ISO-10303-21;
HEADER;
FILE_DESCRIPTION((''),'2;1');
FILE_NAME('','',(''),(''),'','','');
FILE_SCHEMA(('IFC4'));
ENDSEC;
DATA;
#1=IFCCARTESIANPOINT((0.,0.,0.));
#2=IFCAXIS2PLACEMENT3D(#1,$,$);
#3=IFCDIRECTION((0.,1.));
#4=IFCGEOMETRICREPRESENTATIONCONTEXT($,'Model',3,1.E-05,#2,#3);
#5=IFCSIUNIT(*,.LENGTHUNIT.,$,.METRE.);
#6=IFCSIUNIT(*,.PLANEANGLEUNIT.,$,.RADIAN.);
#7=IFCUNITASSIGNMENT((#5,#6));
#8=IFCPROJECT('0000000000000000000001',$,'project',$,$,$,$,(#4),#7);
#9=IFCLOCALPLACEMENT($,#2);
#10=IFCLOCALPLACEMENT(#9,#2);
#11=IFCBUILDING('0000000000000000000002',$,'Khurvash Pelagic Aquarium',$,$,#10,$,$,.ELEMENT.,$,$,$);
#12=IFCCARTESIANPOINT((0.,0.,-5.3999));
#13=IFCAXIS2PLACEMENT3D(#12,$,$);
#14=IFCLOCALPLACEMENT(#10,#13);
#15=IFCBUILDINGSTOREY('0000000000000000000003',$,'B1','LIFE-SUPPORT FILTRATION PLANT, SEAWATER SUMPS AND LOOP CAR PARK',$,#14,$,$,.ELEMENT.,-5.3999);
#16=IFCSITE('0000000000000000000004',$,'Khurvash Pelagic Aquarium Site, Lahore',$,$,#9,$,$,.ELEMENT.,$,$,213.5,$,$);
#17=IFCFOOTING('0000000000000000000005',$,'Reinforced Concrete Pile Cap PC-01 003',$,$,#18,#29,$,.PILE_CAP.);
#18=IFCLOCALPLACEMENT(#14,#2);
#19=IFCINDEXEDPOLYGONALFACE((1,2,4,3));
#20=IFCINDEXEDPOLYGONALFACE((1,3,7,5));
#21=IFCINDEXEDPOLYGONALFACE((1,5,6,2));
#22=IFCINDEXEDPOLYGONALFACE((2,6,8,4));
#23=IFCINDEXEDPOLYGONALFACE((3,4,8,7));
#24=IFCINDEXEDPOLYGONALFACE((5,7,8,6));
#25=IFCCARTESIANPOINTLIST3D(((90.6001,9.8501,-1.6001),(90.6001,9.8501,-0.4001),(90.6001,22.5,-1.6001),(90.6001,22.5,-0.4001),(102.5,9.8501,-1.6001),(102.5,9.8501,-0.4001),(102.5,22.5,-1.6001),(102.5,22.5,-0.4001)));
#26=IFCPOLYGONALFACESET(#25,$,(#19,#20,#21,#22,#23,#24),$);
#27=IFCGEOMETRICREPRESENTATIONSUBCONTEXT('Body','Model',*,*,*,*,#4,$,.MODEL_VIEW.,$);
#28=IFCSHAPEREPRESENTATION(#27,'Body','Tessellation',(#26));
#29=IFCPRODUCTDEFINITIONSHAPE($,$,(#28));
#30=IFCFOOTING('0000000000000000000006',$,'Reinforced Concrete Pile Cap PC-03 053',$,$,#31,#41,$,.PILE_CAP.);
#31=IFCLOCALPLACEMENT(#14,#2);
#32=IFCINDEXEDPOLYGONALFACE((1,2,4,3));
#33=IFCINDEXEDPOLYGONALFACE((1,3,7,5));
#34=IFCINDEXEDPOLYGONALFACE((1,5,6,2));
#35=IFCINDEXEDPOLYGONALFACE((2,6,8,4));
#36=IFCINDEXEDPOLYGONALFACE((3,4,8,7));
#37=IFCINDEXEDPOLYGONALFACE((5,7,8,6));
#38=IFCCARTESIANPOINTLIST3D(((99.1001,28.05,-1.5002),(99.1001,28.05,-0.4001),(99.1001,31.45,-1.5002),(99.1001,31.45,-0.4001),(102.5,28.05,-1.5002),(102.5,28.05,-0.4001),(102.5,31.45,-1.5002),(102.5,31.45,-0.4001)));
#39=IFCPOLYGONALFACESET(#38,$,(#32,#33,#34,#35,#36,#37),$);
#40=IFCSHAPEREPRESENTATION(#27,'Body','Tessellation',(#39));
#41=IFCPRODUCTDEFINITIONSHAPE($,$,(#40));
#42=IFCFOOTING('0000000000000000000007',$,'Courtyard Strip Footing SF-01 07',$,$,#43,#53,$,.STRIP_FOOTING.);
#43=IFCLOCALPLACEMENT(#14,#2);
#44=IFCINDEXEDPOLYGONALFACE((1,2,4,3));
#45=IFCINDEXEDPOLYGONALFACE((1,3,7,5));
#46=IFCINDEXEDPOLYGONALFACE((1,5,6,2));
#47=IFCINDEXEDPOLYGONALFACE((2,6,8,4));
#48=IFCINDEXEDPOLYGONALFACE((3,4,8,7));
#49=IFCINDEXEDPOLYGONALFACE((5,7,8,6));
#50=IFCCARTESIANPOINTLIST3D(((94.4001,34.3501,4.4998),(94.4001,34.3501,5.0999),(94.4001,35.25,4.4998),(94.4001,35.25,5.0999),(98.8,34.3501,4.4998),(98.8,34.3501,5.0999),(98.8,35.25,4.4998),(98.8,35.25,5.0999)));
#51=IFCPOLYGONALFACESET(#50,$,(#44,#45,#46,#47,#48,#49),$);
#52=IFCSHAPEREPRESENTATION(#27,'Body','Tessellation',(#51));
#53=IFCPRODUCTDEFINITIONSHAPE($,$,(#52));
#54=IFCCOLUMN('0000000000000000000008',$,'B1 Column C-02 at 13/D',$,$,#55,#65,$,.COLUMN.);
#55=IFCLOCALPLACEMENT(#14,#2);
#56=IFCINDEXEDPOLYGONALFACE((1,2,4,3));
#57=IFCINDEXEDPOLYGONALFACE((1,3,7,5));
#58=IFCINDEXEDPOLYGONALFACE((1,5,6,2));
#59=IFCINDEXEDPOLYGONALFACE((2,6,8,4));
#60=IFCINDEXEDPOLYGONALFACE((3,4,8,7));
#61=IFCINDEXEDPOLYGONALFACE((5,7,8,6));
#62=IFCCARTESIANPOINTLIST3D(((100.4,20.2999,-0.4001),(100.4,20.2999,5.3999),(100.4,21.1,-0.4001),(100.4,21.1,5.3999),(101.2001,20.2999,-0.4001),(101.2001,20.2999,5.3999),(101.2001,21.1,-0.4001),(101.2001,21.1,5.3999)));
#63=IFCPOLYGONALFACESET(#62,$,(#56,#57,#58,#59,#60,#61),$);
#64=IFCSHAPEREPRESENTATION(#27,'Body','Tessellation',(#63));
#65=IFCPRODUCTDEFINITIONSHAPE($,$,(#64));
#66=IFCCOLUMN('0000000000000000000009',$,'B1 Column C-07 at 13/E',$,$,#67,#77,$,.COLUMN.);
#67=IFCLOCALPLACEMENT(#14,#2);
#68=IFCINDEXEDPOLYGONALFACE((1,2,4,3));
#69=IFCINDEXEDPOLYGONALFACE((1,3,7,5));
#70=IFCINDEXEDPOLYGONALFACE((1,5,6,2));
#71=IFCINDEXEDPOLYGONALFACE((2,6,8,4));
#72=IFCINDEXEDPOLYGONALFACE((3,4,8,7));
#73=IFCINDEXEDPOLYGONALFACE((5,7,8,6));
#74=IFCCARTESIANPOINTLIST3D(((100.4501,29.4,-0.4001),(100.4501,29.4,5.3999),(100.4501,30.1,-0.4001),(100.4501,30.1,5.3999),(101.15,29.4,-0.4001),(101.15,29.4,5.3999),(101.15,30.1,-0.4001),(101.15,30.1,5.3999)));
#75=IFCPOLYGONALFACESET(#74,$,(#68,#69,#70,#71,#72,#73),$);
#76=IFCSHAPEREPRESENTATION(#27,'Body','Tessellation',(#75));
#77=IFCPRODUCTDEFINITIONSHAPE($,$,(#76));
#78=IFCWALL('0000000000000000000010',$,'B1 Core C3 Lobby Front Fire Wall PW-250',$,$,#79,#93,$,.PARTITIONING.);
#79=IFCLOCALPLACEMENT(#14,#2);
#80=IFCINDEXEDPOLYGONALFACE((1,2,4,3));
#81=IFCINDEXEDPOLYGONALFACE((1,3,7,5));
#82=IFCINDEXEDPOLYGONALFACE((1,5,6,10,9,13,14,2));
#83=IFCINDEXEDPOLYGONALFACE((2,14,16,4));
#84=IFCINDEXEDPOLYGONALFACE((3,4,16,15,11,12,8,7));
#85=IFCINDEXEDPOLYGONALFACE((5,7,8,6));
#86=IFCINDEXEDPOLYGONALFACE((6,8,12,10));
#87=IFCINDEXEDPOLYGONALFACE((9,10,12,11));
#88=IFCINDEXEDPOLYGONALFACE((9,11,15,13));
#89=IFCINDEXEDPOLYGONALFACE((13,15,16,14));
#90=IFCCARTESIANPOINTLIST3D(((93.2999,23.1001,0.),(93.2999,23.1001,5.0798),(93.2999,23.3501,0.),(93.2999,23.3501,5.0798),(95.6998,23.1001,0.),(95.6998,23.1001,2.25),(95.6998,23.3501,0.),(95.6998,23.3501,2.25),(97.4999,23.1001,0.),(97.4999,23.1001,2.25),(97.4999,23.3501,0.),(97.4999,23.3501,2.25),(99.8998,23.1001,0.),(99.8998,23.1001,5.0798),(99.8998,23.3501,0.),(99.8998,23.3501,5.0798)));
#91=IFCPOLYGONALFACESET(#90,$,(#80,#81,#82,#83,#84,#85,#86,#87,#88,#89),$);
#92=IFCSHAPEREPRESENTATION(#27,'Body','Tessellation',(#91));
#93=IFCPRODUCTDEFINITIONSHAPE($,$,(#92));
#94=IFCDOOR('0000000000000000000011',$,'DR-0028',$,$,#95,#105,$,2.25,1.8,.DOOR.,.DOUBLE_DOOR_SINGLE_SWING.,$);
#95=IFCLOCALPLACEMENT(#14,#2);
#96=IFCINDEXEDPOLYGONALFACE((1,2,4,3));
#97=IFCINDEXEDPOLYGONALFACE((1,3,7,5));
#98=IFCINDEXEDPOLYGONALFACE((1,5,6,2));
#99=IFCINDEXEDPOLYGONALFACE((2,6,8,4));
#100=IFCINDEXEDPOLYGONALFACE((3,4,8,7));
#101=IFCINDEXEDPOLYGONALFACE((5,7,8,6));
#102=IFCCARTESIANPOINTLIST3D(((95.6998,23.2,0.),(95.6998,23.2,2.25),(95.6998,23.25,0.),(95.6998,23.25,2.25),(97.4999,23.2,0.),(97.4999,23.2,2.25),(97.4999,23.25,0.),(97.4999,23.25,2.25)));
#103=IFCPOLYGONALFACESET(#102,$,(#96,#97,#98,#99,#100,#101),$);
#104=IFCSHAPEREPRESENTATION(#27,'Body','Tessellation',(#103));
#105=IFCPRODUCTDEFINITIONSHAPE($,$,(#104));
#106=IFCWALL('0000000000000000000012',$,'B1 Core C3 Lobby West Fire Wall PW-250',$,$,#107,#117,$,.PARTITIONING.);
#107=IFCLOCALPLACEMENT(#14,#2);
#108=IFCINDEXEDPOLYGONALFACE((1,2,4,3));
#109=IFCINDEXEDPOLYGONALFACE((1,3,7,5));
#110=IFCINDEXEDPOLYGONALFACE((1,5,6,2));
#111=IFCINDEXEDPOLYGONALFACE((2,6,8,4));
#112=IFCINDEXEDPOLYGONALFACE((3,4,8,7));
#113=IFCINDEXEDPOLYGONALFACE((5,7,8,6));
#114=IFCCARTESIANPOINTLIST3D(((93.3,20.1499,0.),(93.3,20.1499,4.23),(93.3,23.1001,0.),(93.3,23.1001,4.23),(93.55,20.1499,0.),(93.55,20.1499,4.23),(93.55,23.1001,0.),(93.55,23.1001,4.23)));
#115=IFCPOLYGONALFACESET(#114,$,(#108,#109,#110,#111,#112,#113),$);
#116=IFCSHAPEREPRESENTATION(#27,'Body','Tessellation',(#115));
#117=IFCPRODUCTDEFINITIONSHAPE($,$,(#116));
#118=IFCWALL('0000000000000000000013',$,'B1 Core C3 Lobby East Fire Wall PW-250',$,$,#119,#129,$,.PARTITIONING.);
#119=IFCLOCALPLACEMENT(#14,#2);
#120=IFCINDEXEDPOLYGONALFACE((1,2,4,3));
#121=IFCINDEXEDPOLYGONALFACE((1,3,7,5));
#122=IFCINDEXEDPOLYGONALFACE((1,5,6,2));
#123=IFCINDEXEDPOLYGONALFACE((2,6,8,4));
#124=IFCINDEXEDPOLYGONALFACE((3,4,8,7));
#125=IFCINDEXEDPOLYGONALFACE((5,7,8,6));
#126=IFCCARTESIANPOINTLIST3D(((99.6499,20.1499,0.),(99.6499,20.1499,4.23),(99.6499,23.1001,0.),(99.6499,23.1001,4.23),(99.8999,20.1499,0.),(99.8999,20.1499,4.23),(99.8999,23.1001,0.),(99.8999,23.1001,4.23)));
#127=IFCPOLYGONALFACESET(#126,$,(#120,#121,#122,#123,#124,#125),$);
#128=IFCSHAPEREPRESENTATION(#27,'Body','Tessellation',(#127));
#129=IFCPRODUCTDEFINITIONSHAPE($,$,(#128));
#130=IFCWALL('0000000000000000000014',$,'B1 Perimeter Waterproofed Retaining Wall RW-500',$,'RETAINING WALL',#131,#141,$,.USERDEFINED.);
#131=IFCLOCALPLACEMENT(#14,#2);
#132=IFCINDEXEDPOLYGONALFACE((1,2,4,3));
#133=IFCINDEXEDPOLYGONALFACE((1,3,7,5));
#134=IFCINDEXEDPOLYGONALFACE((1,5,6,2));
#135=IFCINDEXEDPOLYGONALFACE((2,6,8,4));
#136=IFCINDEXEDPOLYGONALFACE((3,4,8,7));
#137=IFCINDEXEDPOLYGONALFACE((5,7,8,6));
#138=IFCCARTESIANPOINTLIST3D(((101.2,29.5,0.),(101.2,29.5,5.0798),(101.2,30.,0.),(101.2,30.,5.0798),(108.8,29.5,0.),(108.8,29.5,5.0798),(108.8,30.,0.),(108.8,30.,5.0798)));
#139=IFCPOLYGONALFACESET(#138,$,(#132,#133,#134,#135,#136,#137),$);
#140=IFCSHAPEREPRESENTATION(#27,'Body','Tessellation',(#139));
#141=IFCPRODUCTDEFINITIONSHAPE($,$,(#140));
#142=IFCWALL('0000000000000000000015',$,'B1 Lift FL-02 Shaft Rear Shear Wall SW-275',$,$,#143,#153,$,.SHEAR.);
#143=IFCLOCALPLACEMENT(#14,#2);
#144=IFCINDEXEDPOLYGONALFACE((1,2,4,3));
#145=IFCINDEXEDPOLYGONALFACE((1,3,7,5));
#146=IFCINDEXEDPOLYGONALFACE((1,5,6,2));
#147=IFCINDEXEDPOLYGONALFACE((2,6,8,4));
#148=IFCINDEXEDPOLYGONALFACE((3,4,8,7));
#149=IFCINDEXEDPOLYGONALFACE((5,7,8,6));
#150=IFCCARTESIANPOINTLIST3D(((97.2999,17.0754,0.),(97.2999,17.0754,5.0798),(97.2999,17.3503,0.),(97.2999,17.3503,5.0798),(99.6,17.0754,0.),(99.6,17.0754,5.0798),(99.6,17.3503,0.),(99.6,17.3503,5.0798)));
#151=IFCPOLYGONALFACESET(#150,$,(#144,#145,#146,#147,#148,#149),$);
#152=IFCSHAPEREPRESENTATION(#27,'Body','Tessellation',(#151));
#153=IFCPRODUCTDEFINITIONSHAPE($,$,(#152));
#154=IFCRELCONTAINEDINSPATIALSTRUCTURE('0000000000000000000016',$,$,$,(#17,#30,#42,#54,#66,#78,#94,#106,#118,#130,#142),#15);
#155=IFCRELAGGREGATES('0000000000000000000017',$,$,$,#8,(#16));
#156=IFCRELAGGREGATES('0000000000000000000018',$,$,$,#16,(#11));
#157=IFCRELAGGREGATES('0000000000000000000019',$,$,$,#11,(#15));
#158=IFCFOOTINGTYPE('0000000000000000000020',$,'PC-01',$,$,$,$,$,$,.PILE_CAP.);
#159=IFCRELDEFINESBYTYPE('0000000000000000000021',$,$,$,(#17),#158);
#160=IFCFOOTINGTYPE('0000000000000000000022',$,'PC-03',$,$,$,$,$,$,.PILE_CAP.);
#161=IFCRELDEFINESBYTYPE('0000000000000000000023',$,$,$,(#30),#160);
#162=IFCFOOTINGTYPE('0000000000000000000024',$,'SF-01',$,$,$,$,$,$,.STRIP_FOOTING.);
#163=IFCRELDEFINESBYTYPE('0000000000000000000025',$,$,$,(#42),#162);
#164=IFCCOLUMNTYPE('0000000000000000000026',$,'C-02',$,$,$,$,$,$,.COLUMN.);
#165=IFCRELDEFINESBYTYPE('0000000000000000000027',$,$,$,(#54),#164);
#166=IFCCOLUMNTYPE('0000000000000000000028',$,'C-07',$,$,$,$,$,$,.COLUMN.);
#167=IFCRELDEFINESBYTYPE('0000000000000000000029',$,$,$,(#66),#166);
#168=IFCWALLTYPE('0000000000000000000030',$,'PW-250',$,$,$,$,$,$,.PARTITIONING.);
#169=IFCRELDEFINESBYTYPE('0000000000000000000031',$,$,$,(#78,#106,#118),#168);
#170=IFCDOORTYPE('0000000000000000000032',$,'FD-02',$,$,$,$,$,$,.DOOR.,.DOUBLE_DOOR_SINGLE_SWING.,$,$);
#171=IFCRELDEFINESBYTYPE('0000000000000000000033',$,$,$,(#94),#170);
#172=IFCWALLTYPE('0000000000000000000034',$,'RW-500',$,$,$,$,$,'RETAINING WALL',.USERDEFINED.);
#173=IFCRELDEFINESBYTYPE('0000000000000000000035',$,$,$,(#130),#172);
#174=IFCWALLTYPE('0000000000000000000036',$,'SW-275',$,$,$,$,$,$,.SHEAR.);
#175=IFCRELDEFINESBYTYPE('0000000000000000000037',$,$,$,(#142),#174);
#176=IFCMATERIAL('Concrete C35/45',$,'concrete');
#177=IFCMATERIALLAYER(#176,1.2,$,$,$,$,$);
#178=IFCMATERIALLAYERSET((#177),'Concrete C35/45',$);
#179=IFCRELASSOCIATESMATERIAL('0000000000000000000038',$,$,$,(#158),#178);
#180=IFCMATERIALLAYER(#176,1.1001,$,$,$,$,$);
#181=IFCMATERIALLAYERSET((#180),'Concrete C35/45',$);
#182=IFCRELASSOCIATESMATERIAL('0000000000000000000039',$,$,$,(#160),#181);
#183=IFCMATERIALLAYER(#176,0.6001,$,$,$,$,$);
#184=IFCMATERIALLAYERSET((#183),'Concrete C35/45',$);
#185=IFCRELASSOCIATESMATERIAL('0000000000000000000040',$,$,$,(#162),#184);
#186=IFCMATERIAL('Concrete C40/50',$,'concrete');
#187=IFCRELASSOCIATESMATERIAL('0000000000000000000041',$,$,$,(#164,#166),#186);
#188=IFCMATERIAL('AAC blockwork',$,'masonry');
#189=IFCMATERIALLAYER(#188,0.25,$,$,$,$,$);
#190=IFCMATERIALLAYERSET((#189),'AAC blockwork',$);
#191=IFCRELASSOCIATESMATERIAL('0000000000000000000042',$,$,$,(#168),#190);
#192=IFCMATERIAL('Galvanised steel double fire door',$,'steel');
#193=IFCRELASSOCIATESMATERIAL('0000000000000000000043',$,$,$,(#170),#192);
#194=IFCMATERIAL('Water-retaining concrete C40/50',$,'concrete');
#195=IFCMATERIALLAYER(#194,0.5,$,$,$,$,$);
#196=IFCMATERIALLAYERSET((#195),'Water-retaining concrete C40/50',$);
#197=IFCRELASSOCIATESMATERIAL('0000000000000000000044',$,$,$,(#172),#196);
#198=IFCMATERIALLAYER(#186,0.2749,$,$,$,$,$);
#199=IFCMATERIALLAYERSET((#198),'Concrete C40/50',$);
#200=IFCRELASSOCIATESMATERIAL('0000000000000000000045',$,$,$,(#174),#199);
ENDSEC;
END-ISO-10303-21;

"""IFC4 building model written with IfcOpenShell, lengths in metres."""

from ifc_helpers import new_model, si_unit, direction, frame, frame_2d, origin, origin_2d, place, context, subcontext, project, spatial, rectangle, extrude, material, layer, layer_set, material_profile, profile_set, type_object, element, fill, save


model = new_model("IFC4")

# Units and contexts
model_context = context("Model", 3, precision=1e-05, world=origin(), true_north=direction((0.0, 1.0)))
body_context = subcontext(model_context, "Body", "Model", "MODEL_VIEW")
ifc_project = project(units=[si_unit("LENGTHUNIT", "METRE"), si_unit("PLANEANGLEUNIT", "RADIAN")], contexts=[model_context])

# Site, building, storey
site_placement = place(None, origin())
site = spatial("IfcSite", under=ifc_project, at=site_placement, Name="Khurvash Pelagic Aquarium Site, Lahore", CompositionType="ELEMENT", RefElevation=213.5)
building_placement = place(site_placement, origin())
building = spatial("IfcBuilding", under=site, at=building_placement, Name="Khurvash Pelagic Aquarium", CompositionType="ELEMENT")
storey_placement = place(building_placement, frame((0.0, 0.0, -5.3999)))
storey = spatial("IfcBuildingStorey", under=building, at=storey_placement, Name="B1", Description="LIFE-SUPPORT FILTRATION PLANT, SEAWATER SUMPS AND LOOP CAR PARK", CompositionType="ELEMENT", Elevation=-5.3999)

# Shared definitions
ifc_material_1 = material(Name="Concrete C35/45", Category="concrete")

# Footings
ifc_layer_1 = layer(ifc_material_1, 1.2)
ifc_layer_set_1 = layer_set([ifc_layer_1], Name="Concrete C35/45")
footing_type_1 = type_object("IfcFootingType", Name="PC-01", PredefinedType="PILE_CAP", material=ifc_layer_set_1)
footing_1_placement = place(storey_placement, frame((96.55, 16.175, -1.6001), z_axis=(0.0, 0.0, 1.0), x_axis=(1.0, 0.0, 0.0)))
element("IfcFooting", 1, at=footing_1_placement, inside=storey, type_object=footing_type_1, Name="Reinforced Concrete Pile Cap PC-01 003", PredefinedType="PILE_CAP", context=body_context, shape_type="SweptSolid", body=[
    extrude(rectangle(XDim=11.8999, YDim=12.6499, at=origin_2d()), origin(), (0.0, 0.0, 1.0), 1.2),
])
ifc_layer_2 = layer(ifc_material_1, 1.1001)
ifc_layer_set_2 = layer_set([ifc_layer_2], Name="Concrete C35/45")
footing_type_2 = type_object("IfcFootingType", Name="PC-03", PredefinedType="PILE_CAP", material=ifc_layer_set_2)
footing_2_placement = place(storey_placement, frame((100.8, 29.75, -1.5002), z_axis=(0.0, 0.0, 1.0), x_axis=(1.0, 0.0, 0.0)))
element("IfcFooting", 2, at=footing_2_placement, inside=storey, type_object=footing_type_2, Name="Reinforced Concrete Pile Cap PC-03 053", PredefinedType="PILE_CAP", context=body_context, shape_type="SweptSolid", body=[
    extrude(rectangle(XDim=3.3999, YDim=3.3999, at=origin_2d()), origin(), (0.0, 0.0, 1.0), 1.1001),
])
ifc_layer_3 = layer(ifc_material_1, 0.6001)
ifc_layer_set_3 = layer_set([ifc_layer_3], Name="Concrete C35/45")
footing_type_3 = type_object("IfcFootingType", Name="SF-01", PredefinedType="STRIP_FOOTING", material=ifc_layer_set_3)
footing_3_placement = place(storey_placement, frame((96.6001, 34.8, 4.4998), z_axis=(0.0, 0.0, 1.0), x_axis=(1.0, 0.0, 0.0)))
element("IfcFooting", 3, at=footing_3_placement, inside=storey, type_object=footing_type_3, Name="Courtyard Strip Footing SF-01 07", PredefinedType="STRIP_FOOTING", context=body_context, shape_type="SweptSolid", body=[
    extrude(rectangle(XDim=4.3999, YDim=0.8999, at=origin_2d()), origin(), (0.0, 0.0, 1.0), 0.6001),
])

# Columns
ifc_material_2 = material(Name="Concrete C40/50", Category="concrete")
ifc_material_profile_1 = material_profile(ifc_material_2, rectangle(XDim=0.8, YDim=0.8, at=origin_2d()), Name="RC800X800")
ifc_profile_set_1 = profile_set([ifc_material_profile_1], Name="Concrete C40/50")
column_type_1 = type_object("IfcColumnType", Name="C-02", PredefinedType="COLUMN", material=ifc_profile_set_1)
column_1_placement = place(storey_placement, frame((100.8, 20.7, -0.4001), z_axis=(0.0, 0.0, 1.0), x_axis=(1.0, 0.0, 0.0)))
element("IfcColumn", 4, at=column_1_placement, inside=storey, type_object=column_type_1, Name="B1 Column C-02 at 13/D", PredefinedType="COLUMN", context=body_context, shape_type="SweptSolid", body=[
    extrude(rectangle(XDim=0.8, YDim=0.8, at=origin_2d()), origin(), (0.0, 0.0, 1.0), 5.8),
])
ifc_material_profile_2 = material_profile(ifc_material_2, rectangle(XDim=0.7, YDim=0.7, at=origin_2d()), Name="RC700X700")
ifc_profile_set_2 = profile_set([ifc_material_profile_2], Name="Concrete C40/50")
column_type_2 = type_object("IfcColumnType", Name="C-07", PredefinedType="COLUMN", material=ifc_profile_set_2)
column_2_placement = place(storey_placement, frame((100.8, 29.75, -0.4001), z_axis=(0.0, 0.0, 1.0), x_axis=(1.0, 0.0, 0.0)))
element("IfcColumn", 5, at=column_2_placement, inside=storey, type_object=column_type_2, Name="B1 Column C-07 at 13/E", PredefinedType="COLUMN", context=body_context, shape_type="SweptSolid", body=[
    extrude(rectangle(XDim=0.7, YDim=0.7, at=origin_2d()), origin(), (0.0, 0.0, 1.0), 5.8),
])

# Wall, opening, door
ifc_material_3 = material(Name="AAC blockwork", Category="masonry")
ifc_layer_4 = layer(ifc_material_3, 0.25)
ifc_layer_set_4 = layer_set([ifc_layer_4], Name="AAC blockwork")
wall_type_1 = type_object("IfcWallType", Name="PW-250", PredefinedType="PARTITIONING", material=ifc_layer_set_4)
wall_1_placement = place(storey_placement, frame((93.3, 23.2251, 0.0), z_axis=(0.0, 0.0, 1.0), x_axis=(1.0, 0.0, 0.0)))
wall_1 = element("IfcWall", 6, at=wall_1_placement, inside=storey, type_object=wall_type_1, Name="B1 Core C3 Lobby Front Fire Wall PW-250", PredefinedType="PARTITIONING", context=body_context, shape_type="SweptSolid", body=[
    extrude(rectangle(XDim=6.5999, YDim=0.25, at=frame_2d((3.2998, 0.0))), origin(), (0.0, 0.0, 1.0), 5.0798),
])
opening_placement = place(wall_1_placement, frame((2.3999, 0.0, 0.0)))
opening = element("IfcOpeningElement", 7, at=opening_placement, cuts=wall_1, PredefinedType="OPENING", context=body_context, shape_type="SweptSolid", body=[
    extrude(rectangle(XDim=1.8, YDim=2.25, at=frame_2d((0.8999, 1.125))), frame((0.0, 0.135, 0.0), z_axis=(0.0, -1.0, 0.0), x_axis=(1.0, 0.0, 0.0)), (0.0, 0.0, 1.0), 0.27),
])
ifc_material_4 = material(Name="Galvanised steel double fire door", Category="steel")
door_type = type_object("IfcDoorType", Name="FD-02", OperationType="DOUBLE_DOOR_SINGLE_SWING", PredefinedType="DOOR", material=ifc_material_4)
door_placement = place(opening_placement, origin())
door = element("IfcDoor", 8, at=door_placement, inside=storey, type_object=door_type, Name="DR-0028", OperationType="DOUBLE_DOOR_SINGLE_SWING", OverallHeight=2.25, OverallWidth=1.8, PredefinedType="DOOR", context=body_context, shape_type="SweptSolid", body=[
    extrude(rectangle(XDim=1.8, YDim=2.25, at=frame_2d((0.8999, 1.125))), frame((0.0, 0.0249, 0.0), z_axis=(0.0, -1.0, 0.0), x_axis=(1.0, 0.0, 0.0)), (0.0, 0.0, 1.0), 0.05),
])
fill(opening, door)

# Walls
for number, where, z_axis, x_axis, name in (
    (9, (93.425, 20.1499, 0.0), (0.0, 0.0, 1.0), (0.0, 1.0, 0.0), "B1 Core C3 Lobby West Fire Wall PW-250"),
    (10, (99.7749, 20.1499, 0.0), (0.0, 0.0, 1.0), (0.0, 1.0, 0.0), "B1 Core C3 Lobby East Fire Wall PW-250"),
):
    element("IfcWall", number, at=place(storey_placement, frame(where, z_axis=z_axis, x_axis=x_axis)), inside=storey, type_object=wall_type_1, Name=name, PredefinedType="PARTITIONING", context=body_context, shape_type="SweptSolid", body=[
        extrude(rectangle(XDim=2.9502, YDim=0.25, at=frame_2d((1.4751, 0.0))), origin(), (0.0, 0.0, 1.0), 4.23),
    ])
ifc_material_5 = material(Name="Water-retaining concrete C40/50", Category="concrete")
ifc_layer_5 = layer(ifc_material_5, 0.5)
ifc_layer_set_5 = layer_set([ifc_layer_5], Name="Water-retaining concrete C40/50")
wall_type_2 = type_object("IfcWallType", Name="RW-500", ElementType="RETAINING WALL", PredefinedType="USERDEFINED", material=ifc_layer_set_5)
wall_2_placement = place(storey_placement, frame((101.2, 29.75, 0.0), z_axis=(0.0, 0.0, 1.0), x_axis=(1.0, 0.0, 0.0)))
element("IfcWall", 11, at=wall_2_placement, inside=storey, type_object=wall_type_2, Name="B1 Perimeter Waterproofed Retaining Wall RW-500", ObjectType="RETAINING WALL", PredefinedType="USERDEFINED", context=body_context, shape_type="SweptSolid", body=[
    extrude(rectangle(XDim=7.6001, YDim=0.5, at=frame_2d((3.8, 0.0))), origin(), (0.0, 0.0, 1.0), 5.0798),
])
ifc_layer_6 = layer(ifc_material_2, 0.2749)
ifc_layer_set_6 = layer_set([ifc_layer_6], Name="Concrete C40/50")
wall_type_3 = type_object("IfcWallType", Name="SW-275", PredefinedType="SHEAR", material=ifc_layer_set_6)
wall_3_placement = place(storey_placement, frame((97.3, 17.2129, 0.0), z_axis=(0.0, 0.0, 1.0), x_axis=(1.0, 0.0, 0.0)))
element("IfcWall", 12, at=wall_3_placement, inside=storey, type_object=wall_type_3, Name="B1 Lift FL-02 Shaft Rear Shear Wall SW-275", PredefinedType="SHEAR", context=body_context, shape_type="SweptSolid", body=[
    extrude(rectangle(XDim=2.3, YDim=0.2749, at=frame_2d((1.1499, 0.0))), origin(), (0.0, 0.0, 1.0), 5.0798),
])

save(model, "model.ifc")
